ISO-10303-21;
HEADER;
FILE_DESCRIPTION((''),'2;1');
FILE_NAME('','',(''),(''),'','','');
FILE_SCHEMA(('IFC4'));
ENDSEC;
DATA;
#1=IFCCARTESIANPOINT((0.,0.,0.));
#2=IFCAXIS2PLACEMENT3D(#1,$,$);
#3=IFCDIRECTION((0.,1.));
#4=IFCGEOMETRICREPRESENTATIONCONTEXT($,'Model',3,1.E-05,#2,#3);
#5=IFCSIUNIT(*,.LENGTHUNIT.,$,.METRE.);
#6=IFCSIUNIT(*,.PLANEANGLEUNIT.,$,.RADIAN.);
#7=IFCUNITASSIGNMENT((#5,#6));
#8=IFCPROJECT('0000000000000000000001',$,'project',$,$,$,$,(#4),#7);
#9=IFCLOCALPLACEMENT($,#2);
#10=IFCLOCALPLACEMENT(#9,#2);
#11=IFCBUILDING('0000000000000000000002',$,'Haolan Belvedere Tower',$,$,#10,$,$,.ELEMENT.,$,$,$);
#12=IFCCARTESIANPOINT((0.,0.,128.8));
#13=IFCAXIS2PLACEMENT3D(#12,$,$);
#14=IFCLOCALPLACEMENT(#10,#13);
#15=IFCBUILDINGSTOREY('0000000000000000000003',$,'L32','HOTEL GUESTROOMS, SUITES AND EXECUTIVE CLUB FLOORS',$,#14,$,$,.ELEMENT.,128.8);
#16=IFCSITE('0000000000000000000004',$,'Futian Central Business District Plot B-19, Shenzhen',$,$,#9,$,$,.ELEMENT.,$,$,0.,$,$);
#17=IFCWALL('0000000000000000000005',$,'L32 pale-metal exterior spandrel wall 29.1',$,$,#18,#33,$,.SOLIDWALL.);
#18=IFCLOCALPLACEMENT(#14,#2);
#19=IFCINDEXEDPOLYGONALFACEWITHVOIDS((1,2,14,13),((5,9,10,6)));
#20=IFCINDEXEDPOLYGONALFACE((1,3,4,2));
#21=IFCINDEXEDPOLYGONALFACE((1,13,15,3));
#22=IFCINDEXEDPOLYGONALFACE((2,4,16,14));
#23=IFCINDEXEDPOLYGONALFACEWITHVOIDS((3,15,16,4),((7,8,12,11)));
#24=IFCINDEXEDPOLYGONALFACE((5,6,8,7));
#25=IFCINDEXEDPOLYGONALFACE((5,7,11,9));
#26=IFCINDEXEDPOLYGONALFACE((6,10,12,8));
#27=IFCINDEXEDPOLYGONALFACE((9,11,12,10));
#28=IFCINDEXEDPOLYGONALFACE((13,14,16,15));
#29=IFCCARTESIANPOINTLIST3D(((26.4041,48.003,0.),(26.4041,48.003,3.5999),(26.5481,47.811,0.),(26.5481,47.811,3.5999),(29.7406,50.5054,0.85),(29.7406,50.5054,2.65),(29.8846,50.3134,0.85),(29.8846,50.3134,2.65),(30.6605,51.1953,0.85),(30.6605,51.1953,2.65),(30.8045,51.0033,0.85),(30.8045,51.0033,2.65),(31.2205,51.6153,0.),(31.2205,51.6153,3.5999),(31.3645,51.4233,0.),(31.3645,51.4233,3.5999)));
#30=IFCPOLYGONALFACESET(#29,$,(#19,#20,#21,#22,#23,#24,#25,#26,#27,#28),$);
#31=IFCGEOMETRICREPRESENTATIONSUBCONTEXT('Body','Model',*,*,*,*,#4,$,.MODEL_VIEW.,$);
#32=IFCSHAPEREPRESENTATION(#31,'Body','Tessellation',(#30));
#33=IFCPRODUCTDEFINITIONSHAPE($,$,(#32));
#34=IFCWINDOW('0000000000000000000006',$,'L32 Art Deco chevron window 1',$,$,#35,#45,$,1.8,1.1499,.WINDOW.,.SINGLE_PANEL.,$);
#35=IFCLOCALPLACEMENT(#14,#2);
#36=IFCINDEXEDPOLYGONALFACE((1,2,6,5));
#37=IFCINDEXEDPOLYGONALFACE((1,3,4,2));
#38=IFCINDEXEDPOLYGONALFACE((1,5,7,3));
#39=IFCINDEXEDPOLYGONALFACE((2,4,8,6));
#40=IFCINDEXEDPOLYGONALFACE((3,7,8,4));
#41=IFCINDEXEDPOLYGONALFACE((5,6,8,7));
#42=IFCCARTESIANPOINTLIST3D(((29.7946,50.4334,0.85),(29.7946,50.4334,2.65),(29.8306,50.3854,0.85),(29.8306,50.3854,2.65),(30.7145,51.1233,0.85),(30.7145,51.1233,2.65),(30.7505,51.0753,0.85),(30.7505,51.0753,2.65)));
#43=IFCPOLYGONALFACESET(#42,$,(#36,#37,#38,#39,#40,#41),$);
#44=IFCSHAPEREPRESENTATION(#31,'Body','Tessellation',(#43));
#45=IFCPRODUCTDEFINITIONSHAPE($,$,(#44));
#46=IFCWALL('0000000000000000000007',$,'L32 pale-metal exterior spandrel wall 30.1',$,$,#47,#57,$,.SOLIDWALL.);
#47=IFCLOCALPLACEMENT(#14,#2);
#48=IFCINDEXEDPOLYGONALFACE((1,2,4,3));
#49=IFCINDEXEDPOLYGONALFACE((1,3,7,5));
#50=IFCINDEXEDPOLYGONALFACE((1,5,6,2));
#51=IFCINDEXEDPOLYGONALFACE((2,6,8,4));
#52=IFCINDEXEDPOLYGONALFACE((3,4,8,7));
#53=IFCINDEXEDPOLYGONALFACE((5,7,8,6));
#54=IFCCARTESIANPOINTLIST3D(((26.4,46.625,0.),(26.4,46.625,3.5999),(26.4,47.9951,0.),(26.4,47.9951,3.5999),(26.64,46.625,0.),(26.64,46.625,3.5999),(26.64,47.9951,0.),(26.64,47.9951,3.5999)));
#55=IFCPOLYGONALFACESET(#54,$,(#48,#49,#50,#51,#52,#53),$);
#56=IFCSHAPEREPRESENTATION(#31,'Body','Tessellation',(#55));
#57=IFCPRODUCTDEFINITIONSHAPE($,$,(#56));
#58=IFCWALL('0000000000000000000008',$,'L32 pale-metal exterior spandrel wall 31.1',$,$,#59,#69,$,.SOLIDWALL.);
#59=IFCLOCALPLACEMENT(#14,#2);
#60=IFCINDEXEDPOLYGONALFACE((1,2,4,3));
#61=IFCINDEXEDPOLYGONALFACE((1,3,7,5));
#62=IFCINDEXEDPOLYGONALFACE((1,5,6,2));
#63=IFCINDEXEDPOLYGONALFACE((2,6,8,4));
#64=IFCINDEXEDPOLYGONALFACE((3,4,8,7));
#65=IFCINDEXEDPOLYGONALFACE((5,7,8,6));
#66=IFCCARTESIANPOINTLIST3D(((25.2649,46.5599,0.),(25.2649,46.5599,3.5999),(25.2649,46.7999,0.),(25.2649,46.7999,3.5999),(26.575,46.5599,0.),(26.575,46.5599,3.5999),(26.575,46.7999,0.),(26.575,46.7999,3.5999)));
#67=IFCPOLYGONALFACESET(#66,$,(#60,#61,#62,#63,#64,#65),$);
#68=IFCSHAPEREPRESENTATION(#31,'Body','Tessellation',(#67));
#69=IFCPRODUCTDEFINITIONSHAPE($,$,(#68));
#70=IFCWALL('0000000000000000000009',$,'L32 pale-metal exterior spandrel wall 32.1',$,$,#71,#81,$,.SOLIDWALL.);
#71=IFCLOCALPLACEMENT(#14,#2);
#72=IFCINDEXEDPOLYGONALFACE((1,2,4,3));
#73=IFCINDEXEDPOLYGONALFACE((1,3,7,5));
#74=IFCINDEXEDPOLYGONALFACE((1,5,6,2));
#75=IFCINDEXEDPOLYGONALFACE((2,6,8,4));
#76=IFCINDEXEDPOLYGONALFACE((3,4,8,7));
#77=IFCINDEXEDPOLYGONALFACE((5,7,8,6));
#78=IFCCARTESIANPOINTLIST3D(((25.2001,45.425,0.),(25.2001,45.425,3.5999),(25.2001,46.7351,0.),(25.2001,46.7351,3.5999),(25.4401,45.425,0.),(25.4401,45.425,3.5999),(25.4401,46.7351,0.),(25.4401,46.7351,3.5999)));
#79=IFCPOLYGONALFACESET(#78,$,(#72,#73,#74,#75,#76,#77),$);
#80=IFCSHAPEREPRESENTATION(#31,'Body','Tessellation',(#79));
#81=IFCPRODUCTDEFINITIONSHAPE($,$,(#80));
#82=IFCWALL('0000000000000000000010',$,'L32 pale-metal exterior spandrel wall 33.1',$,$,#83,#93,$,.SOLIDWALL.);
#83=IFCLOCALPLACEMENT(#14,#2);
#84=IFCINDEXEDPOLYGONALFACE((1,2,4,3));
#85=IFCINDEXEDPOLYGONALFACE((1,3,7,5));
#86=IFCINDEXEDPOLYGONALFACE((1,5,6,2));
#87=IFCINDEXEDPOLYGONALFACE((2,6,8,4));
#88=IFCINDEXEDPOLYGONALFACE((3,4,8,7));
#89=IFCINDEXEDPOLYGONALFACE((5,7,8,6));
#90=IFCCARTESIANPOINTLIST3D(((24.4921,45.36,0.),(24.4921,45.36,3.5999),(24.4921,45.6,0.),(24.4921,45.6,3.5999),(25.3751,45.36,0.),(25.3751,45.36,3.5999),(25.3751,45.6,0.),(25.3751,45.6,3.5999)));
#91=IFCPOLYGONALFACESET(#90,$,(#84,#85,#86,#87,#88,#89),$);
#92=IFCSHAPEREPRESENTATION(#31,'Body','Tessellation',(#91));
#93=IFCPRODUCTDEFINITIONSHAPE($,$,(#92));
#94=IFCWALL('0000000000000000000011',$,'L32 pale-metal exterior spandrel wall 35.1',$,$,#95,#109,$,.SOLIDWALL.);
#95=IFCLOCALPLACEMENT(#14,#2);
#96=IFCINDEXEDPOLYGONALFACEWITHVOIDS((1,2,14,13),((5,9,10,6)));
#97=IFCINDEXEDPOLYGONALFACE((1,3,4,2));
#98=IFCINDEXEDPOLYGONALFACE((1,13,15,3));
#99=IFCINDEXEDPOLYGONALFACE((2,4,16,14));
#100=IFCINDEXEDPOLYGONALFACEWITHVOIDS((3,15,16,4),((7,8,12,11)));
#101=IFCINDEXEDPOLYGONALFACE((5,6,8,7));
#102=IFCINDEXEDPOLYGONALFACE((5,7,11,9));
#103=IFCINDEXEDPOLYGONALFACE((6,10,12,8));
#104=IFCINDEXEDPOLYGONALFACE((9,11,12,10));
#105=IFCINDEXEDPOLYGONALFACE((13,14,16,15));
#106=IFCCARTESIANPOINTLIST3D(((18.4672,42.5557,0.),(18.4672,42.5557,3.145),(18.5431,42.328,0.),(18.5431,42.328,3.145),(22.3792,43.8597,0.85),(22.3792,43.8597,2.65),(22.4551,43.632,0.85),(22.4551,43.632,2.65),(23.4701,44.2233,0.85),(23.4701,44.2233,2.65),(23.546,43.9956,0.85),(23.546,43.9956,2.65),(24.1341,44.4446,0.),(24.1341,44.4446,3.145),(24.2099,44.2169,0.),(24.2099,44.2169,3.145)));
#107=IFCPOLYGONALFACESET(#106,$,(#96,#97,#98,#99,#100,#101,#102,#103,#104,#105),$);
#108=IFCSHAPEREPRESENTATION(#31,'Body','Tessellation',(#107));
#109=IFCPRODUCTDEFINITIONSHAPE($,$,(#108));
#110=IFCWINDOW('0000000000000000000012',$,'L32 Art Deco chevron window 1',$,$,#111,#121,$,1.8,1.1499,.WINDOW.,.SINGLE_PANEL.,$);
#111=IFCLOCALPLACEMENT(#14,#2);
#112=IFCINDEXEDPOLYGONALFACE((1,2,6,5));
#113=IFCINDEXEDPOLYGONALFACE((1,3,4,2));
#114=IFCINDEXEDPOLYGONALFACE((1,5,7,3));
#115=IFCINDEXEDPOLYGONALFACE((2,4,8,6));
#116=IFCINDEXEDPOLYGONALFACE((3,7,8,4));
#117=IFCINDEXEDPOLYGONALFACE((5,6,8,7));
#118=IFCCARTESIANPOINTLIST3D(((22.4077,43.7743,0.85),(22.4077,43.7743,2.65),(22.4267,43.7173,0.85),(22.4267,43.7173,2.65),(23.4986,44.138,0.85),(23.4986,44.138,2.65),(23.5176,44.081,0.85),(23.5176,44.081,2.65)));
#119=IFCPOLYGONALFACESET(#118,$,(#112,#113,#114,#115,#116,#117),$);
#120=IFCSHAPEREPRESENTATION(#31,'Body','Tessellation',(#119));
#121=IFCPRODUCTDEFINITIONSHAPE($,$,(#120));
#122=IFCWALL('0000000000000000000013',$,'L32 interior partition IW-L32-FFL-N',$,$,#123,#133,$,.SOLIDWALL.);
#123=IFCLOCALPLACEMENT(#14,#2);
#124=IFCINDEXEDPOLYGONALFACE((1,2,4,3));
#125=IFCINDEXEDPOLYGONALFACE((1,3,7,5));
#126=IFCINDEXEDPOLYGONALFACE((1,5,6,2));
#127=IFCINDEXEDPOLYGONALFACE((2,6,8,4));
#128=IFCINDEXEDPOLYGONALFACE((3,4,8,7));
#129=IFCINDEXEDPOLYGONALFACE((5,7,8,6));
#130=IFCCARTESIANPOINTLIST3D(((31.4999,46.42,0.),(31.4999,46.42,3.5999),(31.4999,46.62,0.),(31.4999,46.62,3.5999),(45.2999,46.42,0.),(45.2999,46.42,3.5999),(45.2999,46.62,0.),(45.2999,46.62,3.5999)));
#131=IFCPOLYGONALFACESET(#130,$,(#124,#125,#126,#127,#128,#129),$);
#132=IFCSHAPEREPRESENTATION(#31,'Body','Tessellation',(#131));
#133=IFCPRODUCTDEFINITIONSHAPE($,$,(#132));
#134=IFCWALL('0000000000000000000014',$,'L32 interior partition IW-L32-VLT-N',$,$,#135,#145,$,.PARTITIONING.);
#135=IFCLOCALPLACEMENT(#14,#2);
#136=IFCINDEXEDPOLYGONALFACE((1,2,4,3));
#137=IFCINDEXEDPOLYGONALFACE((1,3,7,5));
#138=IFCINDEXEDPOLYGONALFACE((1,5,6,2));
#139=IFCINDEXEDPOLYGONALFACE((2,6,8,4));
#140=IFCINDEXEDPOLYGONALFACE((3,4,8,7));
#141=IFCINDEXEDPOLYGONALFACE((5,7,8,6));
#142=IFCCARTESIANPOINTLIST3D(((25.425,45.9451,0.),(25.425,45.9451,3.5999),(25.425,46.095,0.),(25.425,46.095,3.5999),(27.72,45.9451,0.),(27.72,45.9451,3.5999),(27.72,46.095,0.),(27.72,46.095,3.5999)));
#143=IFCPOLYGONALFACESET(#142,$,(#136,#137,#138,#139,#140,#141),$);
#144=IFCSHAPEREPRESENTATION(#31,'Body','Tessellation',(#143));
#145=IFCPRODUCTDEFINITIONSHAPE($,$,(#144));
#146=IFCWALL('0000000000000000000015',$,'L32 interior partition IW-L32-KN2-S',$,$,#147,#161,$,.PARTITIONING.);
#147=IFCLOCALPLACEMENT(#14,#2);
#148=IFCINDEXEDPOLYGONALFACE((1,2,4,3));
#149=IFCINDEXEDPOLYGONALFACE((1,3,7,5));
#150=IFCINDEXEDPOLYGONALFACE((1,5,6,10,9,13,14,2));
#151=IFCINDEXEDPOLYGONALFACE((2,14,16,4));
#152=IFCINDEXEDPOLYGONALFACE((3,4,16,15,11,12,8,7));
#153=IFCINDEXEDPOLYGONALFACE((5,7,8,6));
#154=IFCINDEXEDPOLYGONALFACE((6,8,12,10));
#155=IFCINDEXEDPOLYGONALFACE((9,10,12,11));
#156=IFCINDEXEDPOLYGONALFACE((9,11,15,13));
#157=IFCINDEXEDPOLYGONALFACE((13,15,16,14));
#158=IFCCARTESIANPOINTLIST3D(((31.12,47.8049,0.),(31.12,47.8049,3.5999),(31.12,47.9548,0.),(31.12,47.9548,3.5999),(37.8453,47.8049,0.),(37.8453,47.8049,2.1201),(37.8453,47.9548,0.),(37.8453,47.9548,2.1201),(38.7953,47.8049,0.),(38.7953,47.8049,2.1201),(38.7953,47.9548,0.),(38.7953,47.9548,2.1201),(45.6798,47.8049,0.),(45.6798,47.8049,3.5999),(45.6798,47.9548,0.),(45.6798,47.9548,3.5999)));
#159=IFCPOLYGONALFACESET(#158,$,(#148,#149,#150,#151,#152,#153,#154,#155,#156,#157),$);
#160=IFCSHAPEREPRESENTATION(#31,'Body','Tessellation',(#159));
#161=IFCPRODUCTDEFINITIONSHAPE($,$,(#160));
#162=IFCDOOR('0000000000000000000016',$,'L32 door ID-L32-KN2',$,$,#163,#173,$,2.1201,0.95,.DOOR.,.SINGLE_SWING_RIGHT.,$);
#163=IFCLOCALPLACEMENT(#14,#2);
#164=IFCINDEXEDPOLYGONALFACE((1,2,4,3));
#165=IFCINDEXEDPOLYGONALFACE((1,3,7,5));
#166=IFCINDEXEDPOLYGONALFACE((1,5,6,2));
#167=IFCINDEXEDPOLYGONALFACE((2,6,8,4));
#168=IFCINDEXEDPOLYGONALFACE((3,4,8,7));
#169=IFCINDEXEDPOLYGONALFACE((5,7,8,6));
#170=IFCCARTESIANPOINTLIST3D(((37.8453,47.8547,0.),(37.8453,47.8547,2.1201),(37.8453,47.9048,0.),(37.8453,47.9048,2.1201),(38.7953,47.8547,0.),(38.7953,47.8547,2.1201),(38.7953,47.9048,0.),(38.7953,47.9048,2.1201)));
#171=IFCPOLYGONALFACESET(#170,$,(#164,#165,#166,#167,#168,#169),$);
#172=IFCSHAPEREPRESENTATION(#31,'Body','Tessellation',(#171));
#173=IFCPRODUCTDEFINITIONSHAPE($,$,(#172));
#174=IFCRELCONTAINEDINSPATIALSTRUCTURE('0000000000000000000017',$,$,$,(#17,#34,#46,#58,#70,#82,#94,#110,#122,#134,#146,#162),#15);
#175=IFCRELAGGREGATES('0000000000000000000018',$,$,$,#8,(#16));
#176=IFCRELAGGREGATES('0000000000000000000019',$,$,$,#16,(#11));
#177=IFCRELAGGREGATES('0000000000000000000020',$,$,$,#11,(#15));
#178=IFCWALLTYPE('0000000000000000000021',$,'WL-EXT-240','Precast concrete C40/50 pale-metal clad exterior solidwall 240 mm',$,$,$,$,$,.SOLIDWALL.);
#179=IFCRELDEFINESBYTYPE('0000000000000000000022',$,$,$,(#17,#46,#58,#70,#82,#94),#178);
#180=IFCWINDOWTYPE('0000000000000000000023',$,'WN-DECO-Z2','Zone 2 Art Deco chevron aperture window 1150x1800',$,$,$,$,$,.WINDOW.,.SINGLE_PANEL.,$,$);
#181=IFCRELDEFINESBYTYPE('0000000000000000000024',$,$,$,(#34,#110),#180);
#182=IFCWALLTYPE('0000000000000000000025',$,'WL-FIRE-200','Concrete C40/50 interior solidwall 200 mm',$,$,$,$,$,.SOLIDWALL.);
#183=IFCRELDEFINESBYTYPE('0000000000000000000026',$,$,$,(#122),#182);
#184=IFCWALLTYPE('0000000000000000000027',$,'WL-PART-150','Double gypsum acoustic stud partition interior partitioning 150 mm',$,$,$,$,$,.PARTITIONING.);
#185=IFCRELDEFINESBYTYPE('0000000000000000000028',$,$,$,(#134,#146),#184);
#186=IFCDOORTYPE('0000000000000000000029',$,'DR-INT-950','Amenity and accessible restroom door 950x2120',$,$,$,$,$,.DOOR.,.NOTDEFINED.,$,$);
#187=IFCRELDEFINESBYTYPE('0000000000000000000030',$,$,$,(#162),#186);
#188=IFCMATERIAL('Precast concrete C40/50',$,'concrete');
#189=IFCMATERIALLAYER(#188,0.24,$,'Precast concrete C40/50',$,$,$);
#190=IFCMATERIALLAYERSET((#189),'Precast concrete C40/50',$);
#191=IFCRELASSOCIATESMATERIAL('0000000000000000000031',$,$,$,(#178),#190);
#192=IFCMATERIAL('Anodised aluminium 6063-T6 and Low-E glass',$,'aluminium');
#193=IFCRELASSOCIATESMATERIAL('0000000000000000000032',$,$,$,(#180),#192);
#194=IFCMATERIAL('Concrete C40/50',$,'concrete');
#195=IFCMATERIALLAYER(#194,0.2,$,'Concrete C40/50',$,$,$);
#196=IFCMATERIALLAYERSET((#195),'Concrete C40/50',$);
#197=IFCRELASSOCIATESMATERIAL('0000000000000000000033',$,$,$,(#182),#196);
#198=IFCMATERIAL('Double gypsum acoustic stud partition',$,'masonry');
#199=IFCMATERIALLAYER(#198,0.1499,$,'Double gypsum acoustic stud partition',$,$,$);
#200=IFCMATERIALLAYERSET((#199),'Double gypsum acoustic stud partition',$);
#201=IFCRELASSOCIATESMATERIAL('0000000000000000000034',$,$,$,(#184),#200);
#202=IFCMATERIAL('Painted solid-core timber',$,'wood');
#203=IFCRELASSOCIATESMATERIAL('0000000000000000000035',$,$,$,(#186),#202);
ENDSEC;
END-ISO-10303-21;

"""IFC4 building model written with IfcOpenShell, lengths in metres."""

from ifc_helpers import new_model, si_unit, direction, frame, frame_2d, origin, place, context, subcontext, project, spatial, rectangle, extrude, material, layer, layer_set, type_object, element, fill, save


model = new_model("IFC4")

# Units and contexts
model_context = context("Model", 3, precision=1e-05, world=origin(), true_north=direction((0.0, 1.0)))
body_context = subcontext(model_context, "Body", "Model", "MODEL_VIEW")
ifc_project = project(units=[si_unit("LENGTHUNIT", "METRE"), si_unit("PLANEANGLEUNIT", "RADIAN")], contexts=[model_context])

# Site, building, storey
site_placement = place(None, origin())
site = spatial("IfcSite", under=ifc_project, at=site_placement, Name="Futian Central Business District Plot B-19, Shenzhen", CompositionType="ELEMENT", RefElevation=0.0)
building_placement = place(site_placement, origin())
building = spatial("IfcBuilding", under=site, at=building_placement, Name="Haolan Belvedere Tower", CompositionType="ELEMENT")
storey_placement = place(building_placement, frame((0.0, 0.0, 128.8)))
storey = spatial("IfcBuildingStorey", under=building, at=storey_placement, Name="L32", Description="HOTEL GUESTROOMS, SUITES AND EXECUTIVE CLUB FLOORS", CompositionType="ELEMENT", Elevation=128.8)

# Wall, opening, window
ifc_material_1 = material(Name="Precast concrete C40/50", Category="concrete")
ifc_layer_1 = layer(ifc_material_1, 0.24, Name="Precast concrete C40/50")
ifc_layer_set_1 = layer_set([ifc_layer_1], Name="Precast concrete C40/50")
wall_type_1 = type_object("IfcWallType", Name="WL-EXT-240", Description="Precast concrete C40/50 pale-metal clad exterior solidwall 240 mm", PredefinedType="SOLIDWALL", material=ifc_layer_set_1)
wall_1_placement = place(storey_placement, frame((31.2925, 51.5193, 0.0), z_axis=(0.0, 0.0, 1.0), x_axis=(-0.8, -0.6, 0.0)))
wall_1 = element("IfcWall", 1, at=wall_1_placement, inside=storey, type_object=wall_type_1, Name="L32 pale-metal exterior spandrel wall 29.1", PredefinedType="SOLIDWALL", context=body_context, shape_type="SweptSolid", body=[
    extrude(rectangle(XDim=6.0205, YDim=0.24, at=frame_2d((3.0103, 0.0))), origin(), (0.0, 0.0, 1.0), 3.5999),
])
opening_1_placement = place(wall_1_placement, frame((0.7, 0.0, 0.8501)))
opening_1 = element("IfcOpeningElement", 2, at=opening_1_placement, cuts=wall_1, PredefinedType="OPENING", context=body_context, shape_type="SweptSolid", body=[
    extrude(rectangle(XDim=1.1499, YDim=1.8, at=frame_2d((0.575, 0.8999))), frame((0.0, 0.1299, 0.0), z_axis=(0.0, -1.0, 0.0), x_axis=(1.0, 0.0, 0.0)), (0.0, 0.0, 1.0), 0.26),
])
ifc_material_2 = material(Name="Anodised aluminium 6063-T6 and Low-E glass", Category="aluminium")
window_type = type_object("IfcWindowType", Name="WN-DECO-Z2", Description="Zone 2 Art Deco chevron aperture window 1150x1800", PartitioningType="SINGLE_PANEL", PredefinedType="WINDOW", material=ifc_material_2)
window_1_placement = place(opening_1_placement, origin())
window_1 = element("IfcWindow", 3, at=window_1_placement, inside=storey, type_object=window_type, Name="L32 Art Deco chevron window 1", OverallHeight=1.8, OverallWidth=1.1499, PartitioningType="SINGLE_PANEL", PredefinedType="WINDOW", context=body_context, shape_type="SweptSolid", body=[
    extrude(rectangle(XDim=1.1499, YDim=1.8, at=frame_2d((0.575, 0.8999))), frame((0.0, 0.03, 0.0), z_axis=(0.0, -1.0, 0.0), x_axis=(1.0, 0.0, 0.0)), (0.0, 0.0, 1.0), 0.0601),
])
fill(opening_1, window_1)

# Walls
wall_2_placement = place(storey_placement, frame((26.52, 47.9951, 0.0), z_axis=(0.0, 0.0, 1.0), x_axis=(0.0, -1.0, 0.0)))
element("IfcWall", 4, at=wall_2_placement, inside=storey, type_object=wall_type_1, Name="L32 pale-metal exterior spandrel wall 30.1", PredefinedType="SOLIDWALL", context=body_context, shape_type="SweptSolid", body=[
    extrude(rectangle(XDim=1.3701, YDim=0.24, at=frame_2d((0.6851, 0.0))), origin(), (0.0, 0.0, 1.0), 3.5999),
])
for number, where, z_axis, x_axis, name in (
    (5, (26.575, 46.6799, 0.0), (0.0, 0.0, 1.0), (-1.0, 0.0, 0.0), "L32 pale-metal exterior spandrel wall 31.1"),
    (6, (25.3201, 46.7351, 0.0), (0.0, 0.0, 1.0), (0.0, -1.0, 0.0), "L32 pale-metal exterior spandrel wall 32.1"),
):
    element("IfcWall", number, at=place(storey_placement, frame(where, z_axis=z_axis, x_axis=x_axis)), inside=storey, type_object=wall_type_1, Name=name, PredefinedType="SOLIDWALL", context=body_context, shape_type="SweptSolid", body=[
        extrude(rectangle(XDim=1.3101, YDim=0.24, at=frame_2d((0.655, 0.0))), origin(), (0.0, 0.0, 1.0), 3.5999),
    ])
wall_3_placement = place(storey_placement, frame((25.375, 45.48, 0.0), z_axis=(0.0, 0.0, 1.0), x_axis=(-1.0, 0.0, 0.0)))
element("IfcWall", 7, at=wall_3_placement, inside=storey, type_object=wall_type_1, Name="L32 pale-metal exterior spandrel wall 33.1", PredefinedType="SOLIDWALL", context=body_context, shape_type="SweptSolid", body=[
    extrude(rectangle(XDim=0.8831, YDim=0.24, at=frame_2d((0.4414, 0.0))), origin(), (0.0, 0.0, 1.0), 3.5999),
])

# Wall, opening, window
wall_4_placement = place(storey_placement, frame((24.1721, 44.3308, 0.0), z_axis=(0.0, 0.0, 1.0), x_axis=(-0.948683, -0.316228, 0.0)))
wall_4 = element("IfcWall", 8, at=wall_4_placement, inside=storey, type_object=wall_type_1, Name="L32 pale-metal exterior spandrel wall 35.1", PredefinedType="SOLIDWALL", context=body_context, shape_type="SweptSolid", body=[
    extrude(rectangle(XDim=5.9734, YDim=0.24, at=frame_2d((2.9868, 0.0))), origin(), (0.0, 0.0, 1.0), 3.145),
])
opening_2_placement = place(wall_4_placement, frame((0.7, 0.0, 0.8501)))
opening_2 = element("IfcOpeningElement", 9, at=opening_2_placement, cuts=wall_4, PredefinedType="OPENING", context=body_context, shape_type="SweptSolid", body=[
    extrude(rectangle(XDim=1.1499, YDim=1.8, at=frame_2d((0.575, 0.8999))), frame((0.0, 0.1299, 0.0), z_axis=(0.0, -1.0, 0.0), x_axis=(1.0, 0.0, 0.0)), (0.0, 0.0, 1.0), 0.26),
])
window_2_placement = place(opening_2_placement, origin())
window_2 = element("IfcWindow", 10, at=window_2_placement, inside=storey, type_object=window_type, Name="L32 Art Deco chevron window 1", OverallHeight=1.8, OverallWidth=1.1499, PartitioningType="SINGLE_PANEL", PredefinedType="WINDOW", context=body_context, shape_type="SweptSolid", body=[
    extrude(rectangle(XDim=1.1499, YDim=1.8, at=frame_2d((0.575, 0.8999))), frame((0.0, 0.03, 0.0), z_axis=(0.0, -1.0, 0.0), x_axis=(1.0, 0.0, 0.0)), (0.0, 0.0, 1.0), 0.0601),
])
fill(opening_2, window_2)

# Wall
ifc_material_3 = material(Name="Concrete C40/50", Category="concrete")
ifc_layer_2 = layer(ifc_material_3, 0.2, Name="Concrete C40/50")
ifc_layer_set_2 = layer_set([ifc_layer_2], Name="Concrete C40/50")
wall_type_2 = type_object("IfcWallType", Name="WL-FIRE-200", Description="Concrete C40/50 interior solidwall 200 mm", PredefinedType="SOLIDWALL", material=ifc_layer_set_2)
wall_5_placement = place(storey_placement, frame((31.5, 46.52, 0.0), z_axis=(0.0, 0.0, 1.0), x_axis=(1.0, 0.0, 0.0)))
element("IfcWall", 11, at=wall_5_placement, inside=storey, type_object=wall_type_2, Name="L32 interior partition IW-L32-FFL-N", PredefinedType="SOLIDWALL", context=body_context, shape_type="SweptSolid", body=[
    extrude(rectangle(XDim=13.8, YDim=0.2, at=frame_2d((6.8999, 0.0))), origin(), (0.0, 0.0, 1.0), 3.5999),
])

# Wall
ifc_material_4 = material(Name="Double gypsum acoustic stud partition", Category="masonry")
ifc_layer_3 = layer(ifc_material_4, 0.1499, Name="Double gypsum acoustic stud partition")
ifc_layer_set_3 = layer_set([ifc_layer_3], Name="Double gypsum acoustic stud partition")
wall_type_3 = type_object("IfcWallType", Name="WL-PART-150", Description="Double gypsum acoustic stud partition interior partitioning 150 mm", PredefinedType="PARTITIONING", material=ifc_layer_set_3)
wall_6_placement = place(storey_placement, frame((25.425, 46.02, 0.0), z_axis=(0.0, 0.0, 1.0), x_axis=(1.0, 0.0, 0.0)))
element("IfcWall", 12, at=wall_6_placement, inside=storey, type_object=wall_type_3, Name="L32 interior partition IW-L32-VLT-N", PredefinedType="PARTITIONING", context=body_context, shape_type="SweptSolid", body=[
    extrude(rectangle(XDim=2.2949, YDim=0.1499, at=frame_2d((1.1475, 0.0))), origin(), (0.0, 0.0, 1.0), 3.5999),
])

# Wall, opening, door
wall_7_placement = place(storey_placement, frame((31.1201, 47.8799, 0.0), z_axis=(0.0, 0.0, 1.0), x_axis=(1.0, 0.0, 0.0)))
wall_7 = element("IfcWall", 13, at=wall_7_placement, inside=storey, type_object=wall_type_3, Name="L32 interior partition IW-L32-KN2-S", PredefinedType="PARTITIONING", context=body_context, shape_type="SweptSolid", body=[
    extrude(rectangle(XDim=14.5598, YDim=0.1499, at=frame_2d((7.2798, 0.0))), origin(), (0.0, 0.0, 1.0), 3.5999),
])
opening_3_placement = place(wall_7_placement, frame((6.7251, 0.0, 0.0)))
opening_3 = element("IfcOpeningElement", 14, at=opening_3_placement, cuts=wall_7, PredefinedType="OPENING", context=body_context, shape_type="SweptSolid", body=[
    extrude(rectangle(XDim=0.95, YDim=2.1201, at=frame_2d((0.4751, 1.0601))), frame((0.0, 0.085, 0.0), z_axis=(0.0, -1.0, 0.0), x_axis=(1.0, 0.0, 0.0)), (0.0, 0.0, 1.0), 0.1699),
])
ifc_material_5 = material(Name="Painted solid-core timber", Category="wood")
door_type_1 = type_object("IfcDoorType", Name="DR-INT-950", Description="Amenity and accessible restroom door 950x2120", OperationType="NOTDEFINED", PredefinedType="DOOR", material=ifc_material_5)
door_1_placement = place(opening_3_placement, origin())
door_1 = element("IfcDoor", 15, at=door_1_placement, inside=storey, type_object=door_type_1, Name="L32 door ID-L32-KN2", OperationType="SINGLE_SWING_RIGHT", OverallHeight=2.1201, OverallWidth=0.95, PredefinedType="DOOR", context=body_context, shape_type="SweptSolid", body=[
    extrude(rectangle(XDim=0.95, YDim=2.1201, at=frame_2d((0.4751, 1.0601))), frame((0.0, 0.0249, 0.0), z_axis=(0.0, -1.0, 0.0), x_axis=(1.0, 0.0, 0.0)), (0.0, 0.0, 1.0), 0.05),
])
fill(opening_3, door_1)

save(model, "model.ifc")
